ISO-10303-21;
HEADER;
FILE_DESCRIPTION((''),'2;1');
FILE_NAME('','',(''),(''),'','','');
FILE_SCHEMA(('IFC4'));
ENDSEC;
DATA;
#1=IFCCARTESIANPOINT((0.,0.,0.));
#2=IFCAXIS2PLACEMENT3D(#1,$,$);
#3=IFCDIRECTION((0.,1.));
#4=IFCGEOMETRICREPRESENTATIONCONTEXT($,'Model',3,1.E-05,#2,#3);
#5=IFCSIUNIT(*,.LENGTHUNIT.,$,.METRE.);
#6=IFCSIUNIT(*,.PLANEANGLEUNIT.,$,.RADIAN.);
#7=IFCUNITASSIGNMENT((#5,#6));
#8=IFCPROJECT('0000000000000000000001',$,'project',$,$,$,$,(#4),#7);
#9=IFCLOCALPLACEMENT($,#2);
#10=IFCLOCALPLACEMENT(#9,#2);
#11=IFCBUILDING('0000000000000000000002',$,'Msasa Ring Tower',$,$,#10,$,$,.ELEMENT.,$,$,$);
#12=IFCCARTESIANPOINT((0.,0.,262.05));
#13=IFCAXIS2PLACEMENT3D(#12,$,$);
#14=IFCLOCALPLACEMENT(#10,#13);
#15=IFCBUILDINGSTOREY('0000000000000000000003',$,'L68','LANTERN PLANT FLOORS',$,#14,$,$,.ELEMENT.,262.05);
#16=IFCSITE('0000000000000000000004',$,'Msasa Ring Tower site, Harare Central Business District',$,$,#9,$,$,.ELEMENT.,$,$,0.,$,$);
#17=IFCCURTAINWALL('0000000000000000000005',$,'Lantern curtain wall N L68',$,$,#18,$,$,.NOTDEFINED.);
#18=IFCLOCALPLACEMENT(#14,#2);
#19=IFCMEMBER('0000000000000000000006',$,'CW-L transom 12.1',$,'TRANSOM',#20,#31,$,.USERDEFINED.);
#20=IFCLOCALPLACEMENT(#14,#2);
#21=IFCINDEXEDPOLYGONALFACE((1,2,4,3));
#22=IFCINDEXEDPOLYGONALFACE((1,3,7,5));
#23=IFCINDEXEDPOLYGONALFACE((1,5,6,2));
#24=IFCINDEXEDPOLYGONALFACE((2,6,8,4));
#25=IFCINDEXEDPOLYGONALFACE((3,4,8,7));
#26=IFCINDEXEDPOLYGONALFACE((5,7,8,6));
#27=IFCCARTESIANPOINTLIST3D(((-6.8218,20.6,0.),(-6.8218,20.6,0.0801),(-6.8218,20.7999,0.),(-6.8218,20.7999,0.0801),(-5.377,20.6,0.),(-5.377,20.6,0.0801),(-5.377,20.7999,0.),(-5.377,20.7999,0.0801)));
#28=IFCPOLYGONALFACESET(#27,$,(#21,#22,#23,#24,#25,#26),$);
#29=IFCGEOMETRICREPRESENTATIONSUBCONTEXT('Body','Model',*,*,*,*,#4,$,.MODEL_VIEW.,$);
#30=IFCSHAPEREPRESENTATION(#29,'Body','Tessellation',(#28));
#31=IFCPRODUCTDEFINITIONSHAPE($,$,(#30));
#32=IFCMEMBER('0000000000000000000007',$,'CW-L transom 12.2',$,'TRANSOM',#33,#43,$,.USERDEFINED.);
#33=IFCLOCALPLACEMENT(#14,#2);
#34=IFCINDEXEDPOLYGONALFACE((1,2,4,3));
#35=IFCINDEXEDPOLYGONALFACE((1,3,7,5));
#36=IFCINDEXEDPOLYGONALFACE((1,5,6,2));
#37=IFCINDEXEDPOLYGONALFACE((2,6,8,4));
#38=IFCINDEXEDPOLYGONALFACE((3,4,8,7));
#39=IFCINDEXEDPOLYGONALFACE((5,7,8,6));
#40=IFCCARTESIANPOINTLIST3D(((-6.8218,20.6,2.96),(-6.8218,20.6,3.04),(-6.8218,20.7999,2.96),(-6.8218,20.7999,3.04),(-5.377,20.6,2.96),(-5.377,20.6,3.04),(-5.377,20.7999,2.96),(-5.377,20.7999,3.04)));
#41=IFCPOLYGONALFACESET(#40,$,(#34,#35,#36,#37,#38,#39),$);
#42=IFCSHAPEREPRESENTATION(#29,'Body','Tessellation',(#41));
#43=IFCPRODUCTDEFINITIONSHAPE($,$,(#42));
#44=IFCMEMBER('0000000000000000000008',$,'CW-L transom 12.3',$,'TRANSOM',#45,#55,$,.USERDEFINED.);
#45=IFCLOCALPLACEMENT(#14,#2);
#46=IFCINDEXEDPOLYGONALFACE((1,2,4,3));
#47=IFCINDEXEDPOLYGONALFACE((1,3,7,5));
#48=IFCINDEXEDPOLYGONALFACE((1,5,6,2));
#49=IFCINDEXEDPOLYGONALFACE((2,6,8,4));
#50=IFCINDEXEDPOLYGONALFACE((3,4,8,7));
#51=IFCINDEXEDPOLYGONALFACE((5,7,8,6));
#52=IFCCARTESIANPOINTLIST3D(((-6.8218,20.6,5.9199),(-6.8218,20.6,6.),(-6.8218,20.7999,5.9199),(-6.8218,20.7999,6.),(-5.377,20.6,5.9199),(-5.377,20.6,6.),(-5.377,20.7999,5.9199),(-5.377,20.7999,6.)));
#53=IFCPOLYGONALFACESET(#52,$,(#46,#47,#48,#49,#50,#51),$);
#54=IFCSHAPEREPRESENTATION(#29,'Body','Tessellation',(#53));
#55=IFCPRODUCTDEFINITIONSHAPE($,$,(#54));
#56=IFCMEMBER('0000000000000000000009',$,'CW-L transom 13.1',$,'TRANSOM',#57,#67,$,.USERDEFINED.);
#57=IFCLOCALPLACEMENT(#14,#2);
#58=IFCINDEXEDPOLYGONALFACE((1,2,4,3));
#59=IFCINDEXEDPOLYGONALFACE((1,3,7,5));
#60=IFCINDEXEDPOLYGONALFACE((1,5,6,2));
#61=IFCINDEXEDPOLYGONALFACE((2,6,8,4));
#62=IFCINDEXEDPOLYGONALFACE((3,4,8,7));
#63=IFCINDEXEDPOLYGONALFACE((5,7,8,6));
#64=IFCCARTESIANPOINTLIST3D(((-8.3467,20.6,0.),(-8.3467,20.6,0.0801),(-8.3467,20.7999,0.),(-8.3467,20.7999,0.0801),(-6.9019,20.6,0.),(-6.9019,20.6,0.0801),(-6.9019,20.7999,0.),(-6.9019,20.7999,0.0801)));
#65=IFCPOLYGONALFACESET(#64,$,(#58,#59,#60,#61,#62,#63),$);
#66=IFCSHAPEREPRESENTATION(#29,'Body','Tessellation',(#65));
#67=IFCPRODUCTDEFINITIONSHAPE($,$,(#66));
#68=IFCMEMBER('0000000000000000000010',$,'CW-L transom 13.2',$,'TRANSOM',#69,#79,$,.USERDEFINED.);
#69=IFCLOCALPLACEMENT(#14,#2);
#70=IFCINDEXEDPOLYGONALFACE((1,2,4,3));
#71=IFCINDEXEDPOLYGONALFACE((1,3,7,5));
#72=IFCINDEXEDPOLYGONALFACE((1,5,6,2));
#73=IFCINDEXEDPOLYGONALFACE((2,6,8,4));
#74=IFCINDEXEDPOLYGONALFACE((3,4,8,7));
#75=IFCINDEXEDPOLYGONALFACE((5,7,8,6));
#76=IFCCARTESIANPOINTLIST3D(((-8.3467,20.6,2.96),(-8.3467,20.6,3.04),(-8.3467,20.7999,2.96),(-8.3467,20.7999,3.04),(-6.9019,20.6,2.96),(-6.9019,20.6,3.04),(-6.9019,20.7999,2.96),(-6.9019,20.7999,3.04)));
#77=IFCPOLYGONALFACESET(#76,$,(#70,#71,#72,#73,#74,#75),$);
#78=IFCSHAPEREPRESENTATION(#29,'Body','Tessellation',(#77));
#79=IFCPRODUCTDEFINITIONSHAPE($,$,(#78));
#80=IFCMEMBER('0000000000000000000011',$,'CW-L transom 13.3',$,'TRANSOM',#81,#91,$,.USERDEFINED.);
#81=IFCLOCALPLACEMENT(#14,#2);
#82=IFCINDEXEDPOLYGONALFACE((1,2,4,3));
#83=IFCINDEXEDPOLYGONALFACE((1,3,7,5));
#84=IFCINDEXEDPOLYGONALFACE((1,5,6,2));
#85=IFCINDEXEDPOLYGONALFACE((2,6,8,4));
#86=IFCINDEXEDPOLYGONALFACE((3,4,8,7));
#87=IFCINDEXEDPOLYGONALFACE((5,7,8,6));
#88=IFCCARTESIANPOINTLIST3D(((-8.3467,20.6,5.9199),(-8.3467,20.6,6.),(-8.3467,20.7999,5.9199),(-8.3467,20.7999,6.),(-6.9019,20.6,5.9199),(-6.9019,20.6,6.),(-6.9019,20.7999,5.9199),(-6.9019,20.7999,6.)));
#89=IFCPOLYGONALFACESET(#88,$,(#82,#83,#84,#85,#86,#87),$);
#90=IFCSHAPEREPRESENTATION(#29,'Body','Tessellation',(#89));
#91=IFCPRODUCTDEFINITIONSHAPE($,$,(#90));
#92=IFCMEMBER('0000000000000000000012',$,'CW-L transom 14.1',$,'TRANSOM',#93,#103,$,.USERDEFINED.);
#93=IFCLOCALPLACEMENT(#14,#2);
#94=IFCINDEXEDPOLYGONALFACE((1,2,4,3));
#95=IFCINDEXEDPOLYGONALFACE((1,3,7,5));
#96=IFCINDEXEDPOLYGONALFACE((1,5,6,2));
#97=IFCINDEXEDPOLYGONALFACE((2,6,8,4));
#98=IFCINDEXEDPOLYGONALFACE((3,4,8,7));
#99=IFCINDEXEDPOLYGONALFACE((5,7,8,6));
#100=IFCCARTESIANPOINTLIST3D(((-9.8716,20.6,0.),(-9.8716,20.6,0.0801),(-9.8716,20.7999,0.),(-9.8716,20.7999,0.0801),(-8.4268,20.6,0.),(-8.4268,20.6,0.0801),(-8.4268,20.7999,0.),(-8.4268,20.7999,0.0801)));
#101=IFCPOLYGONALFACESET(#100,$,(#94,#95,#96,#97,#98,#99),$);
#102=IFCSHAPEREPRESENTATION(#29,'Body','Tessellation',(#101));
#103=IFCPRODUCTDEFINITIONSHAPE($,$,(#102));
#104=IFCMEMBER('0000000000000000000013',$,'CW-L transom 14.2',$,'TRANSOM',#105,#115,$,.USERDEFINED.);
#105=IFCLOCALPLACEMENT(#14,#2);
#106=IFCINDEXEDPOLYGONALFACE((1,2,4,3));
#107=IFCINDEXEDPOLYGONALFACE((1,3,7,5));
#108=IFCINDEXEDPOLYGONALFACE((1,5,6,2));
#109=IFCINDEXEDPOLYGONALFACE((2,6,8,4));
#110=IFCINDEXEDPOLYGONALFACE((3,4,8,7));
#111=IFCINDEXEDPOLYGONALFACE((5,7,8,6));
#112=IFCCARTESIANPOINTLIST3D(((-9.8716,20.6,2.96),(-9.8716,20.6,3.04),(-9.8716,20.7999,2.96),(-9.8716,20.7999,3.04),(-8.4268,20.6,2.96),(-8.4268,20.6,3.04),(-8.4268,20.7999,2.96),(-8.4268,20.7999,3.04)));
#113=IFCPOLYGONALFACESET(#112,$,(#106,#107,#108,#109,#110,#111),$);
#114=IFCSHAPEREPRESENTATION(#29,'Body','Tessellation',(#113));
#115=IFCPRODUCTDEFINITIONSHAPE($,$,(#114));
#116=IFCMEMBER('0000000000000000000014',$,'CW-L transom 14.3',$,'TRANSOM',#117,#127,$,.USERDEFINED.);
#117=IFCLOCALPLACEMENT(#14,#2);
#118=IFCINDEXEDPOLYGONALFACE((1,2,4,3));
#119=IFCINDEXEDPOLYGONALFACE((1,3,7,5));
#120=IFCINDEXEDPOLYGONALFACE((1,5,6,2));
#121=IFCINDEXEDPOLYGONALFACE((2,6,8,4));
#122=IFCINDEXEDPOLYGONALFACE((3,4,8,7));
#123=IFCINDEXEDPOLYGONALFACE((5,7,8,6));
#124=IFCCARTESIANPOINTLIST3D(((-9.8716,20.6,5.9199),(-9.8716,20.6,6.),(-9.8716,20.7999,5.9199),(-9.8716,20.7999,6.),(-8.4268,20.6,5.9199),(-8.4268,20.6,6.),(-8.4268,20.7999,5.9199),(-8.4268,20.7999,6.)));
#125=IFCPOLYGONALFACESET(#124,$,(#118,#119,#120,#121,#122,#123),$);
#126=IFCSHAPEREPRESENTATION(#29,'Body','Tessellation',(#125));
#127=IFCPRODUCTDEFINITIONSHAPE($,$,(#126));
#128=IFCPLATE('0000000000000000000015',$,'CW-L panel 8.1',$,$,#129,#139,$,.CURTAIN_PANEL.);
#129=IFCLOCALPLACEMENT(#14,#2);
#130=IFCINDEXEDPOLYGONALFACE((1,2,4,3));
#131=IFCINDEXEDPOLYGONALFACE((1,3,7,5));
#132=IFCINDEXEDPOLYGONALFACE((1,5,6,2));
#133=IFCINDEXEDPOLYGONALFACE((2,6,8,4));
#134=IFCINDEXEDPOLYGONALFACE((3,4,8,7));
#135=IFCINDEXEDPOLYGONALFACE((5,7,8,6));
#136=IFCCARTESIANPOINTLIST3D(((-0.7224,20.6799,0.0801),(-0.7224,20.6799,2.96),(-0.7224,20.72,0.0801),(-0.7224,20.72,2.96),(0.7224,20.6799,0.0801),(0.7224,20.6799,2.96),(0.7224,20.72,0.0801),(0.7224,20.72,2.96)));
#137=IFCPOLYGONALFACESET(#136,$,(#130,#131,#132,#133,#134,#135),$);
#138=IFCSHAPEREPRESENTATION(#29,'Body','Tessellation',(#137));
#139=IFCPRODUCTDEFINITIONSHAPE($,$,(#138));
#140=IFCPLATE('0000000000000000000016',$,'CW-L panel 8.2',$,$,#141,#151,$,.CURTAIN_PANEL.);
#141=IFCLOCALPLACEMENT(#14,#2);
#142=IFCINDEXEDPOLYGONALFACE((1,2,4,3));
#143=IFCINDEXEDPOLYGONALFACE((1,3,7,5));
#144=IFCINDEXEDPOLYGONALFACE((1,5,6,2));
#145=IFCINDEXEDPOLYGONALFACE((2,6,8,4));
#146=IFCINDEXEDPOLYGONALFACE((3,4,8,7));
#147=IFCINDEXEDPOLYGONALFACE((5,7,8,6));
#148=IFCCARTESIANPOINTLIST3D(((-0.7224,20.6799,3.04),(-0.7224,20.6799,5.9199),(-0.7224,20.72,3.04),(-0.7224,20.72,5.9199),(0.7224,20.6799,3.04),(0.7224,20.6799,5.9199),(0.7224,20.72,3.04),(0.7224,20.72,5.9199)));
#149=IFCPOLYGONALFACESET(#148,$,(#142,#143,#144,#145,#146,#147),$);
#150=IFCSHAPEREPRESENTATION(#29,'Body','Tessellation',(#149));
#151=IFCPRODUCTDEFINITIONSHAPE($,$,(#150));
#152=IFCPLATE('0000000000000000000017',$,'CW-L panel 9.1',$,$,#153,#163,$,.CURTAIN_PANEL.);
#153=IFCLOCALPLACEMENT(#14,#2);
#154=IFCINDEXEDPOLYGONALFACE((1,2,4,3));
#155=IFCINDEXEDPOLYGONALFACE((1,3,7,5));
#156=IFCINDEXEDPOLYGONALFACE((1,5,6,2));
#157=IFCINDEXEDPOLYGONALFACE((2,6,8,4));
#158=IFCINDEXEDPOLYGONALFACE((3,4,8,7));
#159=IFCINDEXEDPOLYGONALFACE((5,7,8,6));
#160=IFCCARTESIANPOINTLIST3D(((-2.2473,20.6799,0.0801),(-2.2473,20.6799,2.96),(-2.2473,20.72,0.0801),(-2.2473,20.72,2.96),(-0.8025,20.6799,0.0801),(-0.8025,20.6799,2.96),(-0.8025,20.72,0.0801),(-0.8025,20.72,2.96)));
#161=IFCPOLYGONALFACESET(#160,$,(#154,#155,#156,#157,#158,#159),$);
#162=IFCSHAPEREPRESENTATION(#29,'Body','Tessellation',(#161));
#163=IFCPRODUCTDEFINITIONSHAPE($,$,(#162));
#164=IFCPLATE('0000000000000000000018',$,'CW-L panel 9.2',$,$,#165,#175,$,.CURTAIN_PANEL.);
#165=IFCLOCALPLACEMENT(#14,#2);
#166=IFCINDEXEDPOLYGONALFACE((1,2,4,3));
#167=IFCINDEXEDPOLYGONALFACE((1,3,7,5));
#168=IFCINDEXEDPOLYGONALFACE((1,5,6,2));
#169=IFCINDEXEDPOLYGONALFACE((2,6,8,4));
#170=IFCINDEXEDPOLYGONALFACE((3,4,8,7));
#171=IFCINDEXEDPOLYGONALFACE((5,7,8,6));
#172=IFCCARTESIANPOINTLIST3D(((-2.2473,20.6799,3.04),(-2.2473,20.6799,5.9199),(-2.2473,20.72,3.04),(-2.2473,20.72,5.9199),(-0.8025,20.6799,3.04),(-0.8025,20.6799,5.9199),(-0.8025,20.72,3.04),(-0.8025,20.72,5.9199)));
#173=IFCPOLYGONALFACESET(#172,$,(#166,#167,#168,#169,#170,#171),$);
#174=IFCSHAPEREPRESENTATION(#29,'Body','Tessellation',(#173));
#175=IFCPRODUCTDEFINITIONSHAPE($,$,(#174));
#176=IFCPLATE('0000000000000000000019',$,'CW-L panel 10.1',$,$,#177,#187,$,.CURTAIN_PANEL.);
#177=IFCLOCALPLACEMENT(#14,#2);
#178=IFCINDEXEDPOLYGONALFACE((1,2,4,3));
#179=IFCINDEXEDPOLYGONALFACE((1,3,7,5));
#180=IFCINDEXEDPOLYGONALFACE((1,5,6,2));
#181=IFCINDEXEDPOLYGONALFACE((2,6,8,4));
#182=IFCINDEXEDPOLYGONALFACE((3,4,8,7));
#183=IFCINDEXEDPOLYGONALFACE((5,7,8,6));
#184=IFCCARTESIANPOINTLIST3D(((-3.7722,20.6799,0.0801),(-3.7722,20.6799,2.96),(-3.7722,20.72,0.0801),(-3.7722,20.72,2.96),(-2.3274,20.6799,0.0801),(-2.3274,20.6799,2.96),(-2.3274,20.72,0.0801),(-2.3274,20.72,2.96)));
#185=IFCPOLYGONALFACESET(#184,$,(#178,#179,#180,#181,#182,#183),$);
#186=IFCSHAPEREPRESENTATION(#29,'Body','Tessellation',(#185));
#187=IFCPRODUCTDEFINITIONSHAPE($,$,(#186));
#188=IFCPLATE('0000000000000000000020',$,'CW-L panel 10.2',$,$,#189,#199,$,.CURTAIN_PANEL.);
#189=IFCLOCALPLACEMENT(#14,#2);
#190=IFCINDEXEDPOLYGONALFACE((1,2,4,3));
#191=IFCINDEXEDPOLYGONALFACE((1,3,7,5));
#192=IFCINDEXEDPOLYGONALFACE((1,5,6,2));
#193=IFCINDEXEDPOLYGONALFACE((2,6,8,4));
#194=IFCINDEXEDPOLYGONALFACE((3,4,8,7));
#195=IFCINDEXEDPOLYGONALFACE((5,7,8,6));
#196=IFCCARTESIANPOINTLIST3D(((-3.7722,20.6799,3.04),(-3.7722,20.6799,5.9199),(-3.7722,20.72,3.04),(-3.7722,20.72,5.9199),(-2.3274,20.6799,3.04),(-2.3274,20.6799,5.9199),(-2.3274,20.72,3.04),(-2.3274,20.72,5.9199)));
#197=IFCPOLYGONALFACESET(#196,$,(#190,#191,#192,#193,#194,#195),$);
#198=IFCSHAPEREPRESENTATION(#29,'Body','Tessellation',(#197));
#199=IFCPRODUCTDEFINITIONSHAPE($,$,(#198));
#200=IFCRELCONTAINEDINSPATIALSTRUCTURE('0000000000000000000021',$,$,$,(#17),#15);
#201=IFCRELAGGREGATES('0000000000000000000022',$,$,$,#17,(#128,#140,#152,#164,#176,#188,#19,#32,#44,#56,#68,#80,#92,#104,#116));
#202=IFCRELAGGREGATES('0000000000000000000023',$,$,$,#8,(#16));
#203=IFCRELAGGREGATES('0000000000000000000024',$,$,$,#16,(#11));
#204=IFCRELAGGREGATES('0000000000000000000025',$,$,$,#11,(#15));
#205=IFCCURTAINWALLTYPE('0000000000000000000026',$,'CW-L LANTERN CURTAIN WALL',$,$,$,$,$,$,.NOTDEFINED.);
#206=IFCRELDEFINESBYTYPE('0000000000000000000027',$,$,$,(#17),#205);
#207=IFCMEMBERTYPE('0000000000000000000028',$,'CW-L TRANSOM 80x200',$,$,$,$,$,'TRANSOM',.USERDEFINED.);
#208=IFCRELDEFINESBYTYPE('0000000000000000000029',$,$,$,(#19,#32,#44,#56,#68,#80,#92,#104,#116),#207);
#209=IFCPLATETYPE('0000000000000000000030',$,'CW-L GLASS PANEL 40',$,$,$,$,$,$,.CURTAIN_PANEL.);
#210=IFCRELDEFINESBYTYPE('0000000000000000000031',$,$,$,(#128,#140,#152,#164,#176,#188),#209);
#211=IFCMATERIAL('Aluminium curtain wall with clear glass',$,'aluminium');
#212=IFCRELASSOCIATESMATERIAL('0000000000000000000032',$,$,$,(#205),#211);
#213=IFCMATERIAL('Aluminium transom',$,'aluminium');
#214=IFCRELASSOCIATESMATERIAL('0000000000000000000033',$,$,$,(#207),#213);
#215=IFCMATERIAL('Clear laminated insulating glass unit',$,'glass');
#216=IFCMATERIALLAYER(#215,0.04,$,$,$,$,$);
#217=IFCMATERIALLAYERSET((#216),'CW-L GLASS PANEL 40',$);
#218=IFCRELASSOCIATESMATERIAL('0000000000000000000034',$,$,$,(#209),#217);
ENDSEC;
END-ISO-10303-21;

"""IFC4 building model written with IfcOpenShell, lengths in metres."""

from ifc_helpers import new_model, si_unit, direction, frame, origin, origin_2d, place, context, subcontext, project, spatial, rectangle, extrude, material, layer, layer_set, material_profile, profile_set, type_object, element, aggregate, save


model = new_model("IFC4")

# Units and contexts
model_context = context("Model", 3, precision=1e-05, world=origin(), true_north=direction((0.0, 1.0)))
body_context = subcontext(model_context, "Body", "Model", "MODEL_VIEW")
ifc_project = project(units=[si_unit("LENGTHUNIT", "METRE"), si_unit("PLANEANGLEUNIT", "RADIAN")], contexts=[model_context])

# Site, building, storey
site_placement = place(None, origin())
site = spatial("IfcSite", under=ifc_project, at=site_placement, Name="Msasa Ring Tower site, Harare Central Business District", CompositionType="ELEMENT", RefElevation=0.0)
building_placement = place(site_placement, origin())
building = spatial("IfcBuilding", under=site, at=building_placement, Name="Msasa Ring Tower", CompositionType="ELEMENT")
storey_placement = place(building_placement, frame((0.0, 0.0, 262.05)))
storey = spatial("IfcBuildingStorey", under=building, at=storey_placement, Name="L68", Description="LANTERN PLANT FLOORS", CompositionType="ELEMENT", Elevation=262.05)

# Curtain wall, members, plates
ifc_material_1 = material(Name="Aluminium curtain wall with clear glass", Category="aluminium")
curtain_wall_type = type_object("IfcCurtainWallType", Name="CW-L LANTERN CURTAIN WALL", PredefinedType="NOTDEFINED", material=ifc_material_1)
curtain_wall_placement = place(storey_placement, origin())
curtain_wall = element("IfcCurtainWall", 1, at=curtain_wall_placement, inside=storey, type_object=curtain_wall_type, Name="Lantern curtain wall N L68", PredefinedType="NOTDEFINED")
ifc_material_2 = material(Name="Aluminium transom", Category="aluminium")
ifc_material_profile_1 = material_profile(ifc_material_2, rectangle(XDim=0.2, YDim=0.0801, at=origin_2d()), Name="AL 80x200")
ifc_profile_set_1 = profile_set([ifc_material_profile_1], Name="Aluminium transom")
member_type_1 = type_object("IfcMemberType", Name="CW-L TRANSOM 80x200", ElementType="TRANSOM", PredefinedType="USERDEFINED", material=ifc_profile_set_1)
member_1_placement = place(storey_placement, frame((-5.377, 20.7, 0.04), z_axis=(-1.0, 0.0, 0.0), x_axis=(0.0, -1.0, 0.0)))
member_1 = element("IfcMember", 2, at=member_1_placement, type_object=member_type_1, Name="CW-L transom 12.1", ObjectType="TRANSOM", PredefinedType="USERDEFINED", context=body_context, shape_type="SweptSolid", body=[
    extrude(rectangle(XDim=0.2, YDim=0.0801, at=origin_2d()), origin(), (0.0, 0.0, 1.0), 1.4448),
])
member_2_placement = place(storey_placement, frame((-5.377, 20.7, 3.0), z_axis=(-1.0, 0.0, 0.0), x_axis=(0.0, -1.0, 0.0)))
member_2 = element("IfcMember", 3, at=member_2_placement, type_object=member_type_1, Name="CW-L transom 12.2", ObjectType="TRANSOM", PredefinedType="USERDEFINED", context=body_context, shape_type="SweptSolid", body=[
    extrude(rectangle(XDim=0.2, YDim=0.0801, at=origin_2d()), origin(), (0.0, 0.0, 1.0), 1.4448),
])
member_3_placement = place(storey_placement, frame((-5.377, 20.7, 5.96), z_axis=(-1.0, 0.0, 0.0), x_axis=(0.0, -1.0, 0.0)))
member_3 = element("IfcMember", 4, at=member_3_placement, type_object=member_type_1, Name="CW-L transom 12.3", ObjectType="TRANSOM", PredefinedType="USERDEFINED", context=body_context, shape_type="SweptSolid", body=[
    extrude(rectangle(XDim=0.2, YDim=0.0801, at=origin_2d()), origin(), (0.0, 0.0, 1.0), 1.4448),
])
member_4_placement = place(storey_placement, frame((-6.9019, 20.7, 0.04), z_axis=(-1.0, 0.0, 0.0), x_axis=(0.0, -1.0, 0.0)))
member_4 = element("IfcMember", 5, at=member_4_placement, type_object=member_type_1, Name="CW-L transom 13.1", ObjectType="TRANSOM", PredefinedType="USERDEFINED", context=body_context, shape_type="SweptSolid", body=[
    extrude(rectangle(XDim=0.2, YDim=0.0801, at=origin_2d()), origin(), (0.0, 0.0, 1.0), 1.4448),
])
member_5_placement = place(storey_placement, frame((-6.9019, 20.7, 3.0), z_axis=(-1.0, 0.0, 0.0), x_axis=(0.0, -1.0, 0.0)))
member_5 = element("IfcMember", 6, at=member_5_placement, type_object=member_type_1, Name="CW-L transom 13.2", ObjectType="TRANSOM", PredefinedType="USERDEFINED", context=body_context, shape_type="SweptSolid", body=[
    extrude(rectangle(XDim=0.2, YDim=0.0801, at=origin_2d()), origin(), (0.0, 0.0, 1.0), 1.4448),
])
member_6_placement = place(storey_placement, frame((-6.9019, 20.7, 5.96), z_axis=(-1.0, 0.0, 0.0), x_axis=(0.0, -1.0, 0.0)))
member_6 = element("IfcMember", 7, at=member_6_placement, type_object=member_type_1, Name="CW-L transom 13.3", ObjectType="TRANSOM", PredefinedType="USERDEFINED", context=body_context, shape_type="SweptSolid", body=[
    extrude(rectangle(XDim=0.2, YDim=0.0801, at=origin_2d()), origin(), (0.0, 0.0, 1.0), 1.4448),
])
member_7_placement = place(storey_placement, frame((-8.4268, 20.7, 0.04), z_axis=(-1.0, 0.0, 0.0), x_axis=(0.0, -1.0, 0.0)))
member_7 = element("IfcMember", 8, at=member_7_placement, type_object=member_type_1, Name="CW-L transom 14.1", ObjectType="TRANSOM", PredefinedType="USERDEFINED", context=body_context, shape_type="SweptSolid", body=[
    extrude(rectangle(XDim=0.2, YDim=0.0801, at=origin_2d()), origin(), (0.0, 0.0, 1.0), 1.4448),
])
member_8_placement = place(storey_placement, frame((-8.4268, 20.7, 3.0), z_axis=(-1.0, 0.0, 0.0), x_axis=(0.0, -1.0, 0.0)))
member_8 = element("IfcMember", 9, at=member_8_placement, type_object=member_type_1, Name="CW-L transom 14.2", ObjectType="TRANSOM", PredefinedType="USERDEFINED", context=body_context, shape_type="SweptSolid", body=[
    extrude(rectangle(XDim=0.2, YDim=0.0801, at=origin_2d()), origin(), (0.0, 0.0, 1.0), 1.4448),
])
member_9_placement = place(storey_placement, frame((-8.4268, 20.7, 5.96), z_axis=(-1.0, 0.0, 0.0), x_axis=(0.0, -1.0, 0.0)))
member_9 = element("IfcMember", 10, at=member_9_placement, type_object=member_type_1, Name="CW-L transom 14.3", ObjectType="TRANSOM", PredefinedType="USERDEFINED", context=body_context, shape_type="SweptSolid", body=[
    extrude(rectangle(XDim=0.2, YDim=0.0801, at=origin_2d()), origin(), (0.0, 0.0, 1.0), 1.4448),
])
ifc_material_3 = material(Name="Clear laminated insulating glass unit", Category="glass")
ifc_layer = layer(ifc_material_3, 0.04)
ifc_layer_set = layer_set([ifc_layer], Name="CW-L GLASS PANEL 40")
plate_type = type_object("IfcPlateType", Name="CW-L GLASS PANEL 40", PredefinedType="CURTAIN_PANEL", material=ifc_layer_set)
plate_1_placement = place(storey_placement, frame((0.0, 20.7, 0.0801), z_axis=(0.0, 0.0, 1.0), x_axis=(-1.0, 0.0, 0.0)))
plate_1 = element("IfcPlate", 11, at=plate_1_placement, type_object=plate_type, Name="CW-L panel 8.1", PredefinedType="CURTAIN_PANEL", context=body_context, shape_type="SweptSolid", body=[
    extrude(rectangle(XDim=1.4448, YDim=0.04, at=origin_2d()), origin(), (0.0, 0.0, 1.0), 2.8799),
])
plate_2_placement = place(storey_placement, frame((0.0, 20.7, 3.04), z_axis=(0.0, 0.0, 1.0), x_axis=(-1.0, 0.0, 0.0)))
plate_2 = element("IfcPlate", 12, at=plate_2_placement, type_object=plate_type, Name="CW-L panel 8.2", PredefinedType="CURTAIN_PANEL", context=body_context, shape_type="SweptSolid", body=[
    extrude(rectangle(XDim=1.4448, YDim=0.04, at=origin_2d()), origin(), (0.0, 0.0, 1.0), 2.8799),
])
plate_3_placement = place(storey_placement, frame((-1.5249, 20.7, 0.0801), z_axis=(0.0, 0.0, 1.0), x_axis=(-1.0, 0.0, 0.0)))
plate_3 = element("IfcPlate", 13, at=plate_3_placement, type_object=plate_type, Name="CW-L panel 9.1", PredefinedType="CURTAIN_PANEL", context=body_context, shape_type="SweptSolid", body=[
    extrude(rectangle(XDim=1.4448, YDim=0.04, at=origin_2d()), origin(), (0.0, 0.0, 1.0), 2.8799),
])
plate_4_placement = place(storey_placement, frame((-1.5249, 20.7, 3.04), z_axis=(0.0, 0.0, 1.0), x_axis=(-1.0, 0.0, 0.0)))
plate_4 = element("IfcPlate", 14, at=plate_4_placement, type_object=plate_type, Name="CW-L panel 9.2", PredefinedType="CURTAIN_PANEL", context=body_context, shape_type="SweptSolid", body=[
    extrude(rectangle(XDim=1.4448, YDim=0.04, at=origin_2d()), origin(), (0.0, 0.0, 1.0), 2.8799),
])
plate_5_placement = place(storey_placement, frame((-3.0498, 20.7, 0.0801), z_axis=(0.0, 0.0, 1.0), x_axis=(-1.0, 0.0, 0.0)))
plate_5 = element("IfcPlate", 15, at=plate_5_placement, type_object=plate_type, Name="CW-L panel 10.1", PredefinedType="CURTAIN_PANEL", context=body_context, shape_type="SweptSolid", body=[
    extrude(rectangle(XDim=1.4448, YDim=0.04, at=origin_2d()), origin(), (0.0, 0.0, 1.0), 2.8799),
])
plate_6_placement = place(storey_placement, frame((-3.0498, 20.7, 3.04), z_axis=(0.0, 0.0, 1.0), x_axis=(-1.0, 0.0, 0.0)))
plate_6 = element("IfcPlate", 16, at=plate_6_placement, type_object=plate_type, Name="CW-L panel 10.2", PredefinedType="CURTAIN_PANEL", context=body_context, shape_type="SweptSolid", body=[
    extrude(rectangle(XDim=1.4448, YDim=0.04, at=origin_2d()), origin(), (0.0, 0.0, 1.0), 2.8799),
])
aggregate(curtain_wall, [plate_1, plate_2, plate_3, plate_4, plate_5, plate_6, member_1, member_2, member_3, member_4, member_5, member_6, member_7, member_8, member_9])

save(model, "model.ifc")
